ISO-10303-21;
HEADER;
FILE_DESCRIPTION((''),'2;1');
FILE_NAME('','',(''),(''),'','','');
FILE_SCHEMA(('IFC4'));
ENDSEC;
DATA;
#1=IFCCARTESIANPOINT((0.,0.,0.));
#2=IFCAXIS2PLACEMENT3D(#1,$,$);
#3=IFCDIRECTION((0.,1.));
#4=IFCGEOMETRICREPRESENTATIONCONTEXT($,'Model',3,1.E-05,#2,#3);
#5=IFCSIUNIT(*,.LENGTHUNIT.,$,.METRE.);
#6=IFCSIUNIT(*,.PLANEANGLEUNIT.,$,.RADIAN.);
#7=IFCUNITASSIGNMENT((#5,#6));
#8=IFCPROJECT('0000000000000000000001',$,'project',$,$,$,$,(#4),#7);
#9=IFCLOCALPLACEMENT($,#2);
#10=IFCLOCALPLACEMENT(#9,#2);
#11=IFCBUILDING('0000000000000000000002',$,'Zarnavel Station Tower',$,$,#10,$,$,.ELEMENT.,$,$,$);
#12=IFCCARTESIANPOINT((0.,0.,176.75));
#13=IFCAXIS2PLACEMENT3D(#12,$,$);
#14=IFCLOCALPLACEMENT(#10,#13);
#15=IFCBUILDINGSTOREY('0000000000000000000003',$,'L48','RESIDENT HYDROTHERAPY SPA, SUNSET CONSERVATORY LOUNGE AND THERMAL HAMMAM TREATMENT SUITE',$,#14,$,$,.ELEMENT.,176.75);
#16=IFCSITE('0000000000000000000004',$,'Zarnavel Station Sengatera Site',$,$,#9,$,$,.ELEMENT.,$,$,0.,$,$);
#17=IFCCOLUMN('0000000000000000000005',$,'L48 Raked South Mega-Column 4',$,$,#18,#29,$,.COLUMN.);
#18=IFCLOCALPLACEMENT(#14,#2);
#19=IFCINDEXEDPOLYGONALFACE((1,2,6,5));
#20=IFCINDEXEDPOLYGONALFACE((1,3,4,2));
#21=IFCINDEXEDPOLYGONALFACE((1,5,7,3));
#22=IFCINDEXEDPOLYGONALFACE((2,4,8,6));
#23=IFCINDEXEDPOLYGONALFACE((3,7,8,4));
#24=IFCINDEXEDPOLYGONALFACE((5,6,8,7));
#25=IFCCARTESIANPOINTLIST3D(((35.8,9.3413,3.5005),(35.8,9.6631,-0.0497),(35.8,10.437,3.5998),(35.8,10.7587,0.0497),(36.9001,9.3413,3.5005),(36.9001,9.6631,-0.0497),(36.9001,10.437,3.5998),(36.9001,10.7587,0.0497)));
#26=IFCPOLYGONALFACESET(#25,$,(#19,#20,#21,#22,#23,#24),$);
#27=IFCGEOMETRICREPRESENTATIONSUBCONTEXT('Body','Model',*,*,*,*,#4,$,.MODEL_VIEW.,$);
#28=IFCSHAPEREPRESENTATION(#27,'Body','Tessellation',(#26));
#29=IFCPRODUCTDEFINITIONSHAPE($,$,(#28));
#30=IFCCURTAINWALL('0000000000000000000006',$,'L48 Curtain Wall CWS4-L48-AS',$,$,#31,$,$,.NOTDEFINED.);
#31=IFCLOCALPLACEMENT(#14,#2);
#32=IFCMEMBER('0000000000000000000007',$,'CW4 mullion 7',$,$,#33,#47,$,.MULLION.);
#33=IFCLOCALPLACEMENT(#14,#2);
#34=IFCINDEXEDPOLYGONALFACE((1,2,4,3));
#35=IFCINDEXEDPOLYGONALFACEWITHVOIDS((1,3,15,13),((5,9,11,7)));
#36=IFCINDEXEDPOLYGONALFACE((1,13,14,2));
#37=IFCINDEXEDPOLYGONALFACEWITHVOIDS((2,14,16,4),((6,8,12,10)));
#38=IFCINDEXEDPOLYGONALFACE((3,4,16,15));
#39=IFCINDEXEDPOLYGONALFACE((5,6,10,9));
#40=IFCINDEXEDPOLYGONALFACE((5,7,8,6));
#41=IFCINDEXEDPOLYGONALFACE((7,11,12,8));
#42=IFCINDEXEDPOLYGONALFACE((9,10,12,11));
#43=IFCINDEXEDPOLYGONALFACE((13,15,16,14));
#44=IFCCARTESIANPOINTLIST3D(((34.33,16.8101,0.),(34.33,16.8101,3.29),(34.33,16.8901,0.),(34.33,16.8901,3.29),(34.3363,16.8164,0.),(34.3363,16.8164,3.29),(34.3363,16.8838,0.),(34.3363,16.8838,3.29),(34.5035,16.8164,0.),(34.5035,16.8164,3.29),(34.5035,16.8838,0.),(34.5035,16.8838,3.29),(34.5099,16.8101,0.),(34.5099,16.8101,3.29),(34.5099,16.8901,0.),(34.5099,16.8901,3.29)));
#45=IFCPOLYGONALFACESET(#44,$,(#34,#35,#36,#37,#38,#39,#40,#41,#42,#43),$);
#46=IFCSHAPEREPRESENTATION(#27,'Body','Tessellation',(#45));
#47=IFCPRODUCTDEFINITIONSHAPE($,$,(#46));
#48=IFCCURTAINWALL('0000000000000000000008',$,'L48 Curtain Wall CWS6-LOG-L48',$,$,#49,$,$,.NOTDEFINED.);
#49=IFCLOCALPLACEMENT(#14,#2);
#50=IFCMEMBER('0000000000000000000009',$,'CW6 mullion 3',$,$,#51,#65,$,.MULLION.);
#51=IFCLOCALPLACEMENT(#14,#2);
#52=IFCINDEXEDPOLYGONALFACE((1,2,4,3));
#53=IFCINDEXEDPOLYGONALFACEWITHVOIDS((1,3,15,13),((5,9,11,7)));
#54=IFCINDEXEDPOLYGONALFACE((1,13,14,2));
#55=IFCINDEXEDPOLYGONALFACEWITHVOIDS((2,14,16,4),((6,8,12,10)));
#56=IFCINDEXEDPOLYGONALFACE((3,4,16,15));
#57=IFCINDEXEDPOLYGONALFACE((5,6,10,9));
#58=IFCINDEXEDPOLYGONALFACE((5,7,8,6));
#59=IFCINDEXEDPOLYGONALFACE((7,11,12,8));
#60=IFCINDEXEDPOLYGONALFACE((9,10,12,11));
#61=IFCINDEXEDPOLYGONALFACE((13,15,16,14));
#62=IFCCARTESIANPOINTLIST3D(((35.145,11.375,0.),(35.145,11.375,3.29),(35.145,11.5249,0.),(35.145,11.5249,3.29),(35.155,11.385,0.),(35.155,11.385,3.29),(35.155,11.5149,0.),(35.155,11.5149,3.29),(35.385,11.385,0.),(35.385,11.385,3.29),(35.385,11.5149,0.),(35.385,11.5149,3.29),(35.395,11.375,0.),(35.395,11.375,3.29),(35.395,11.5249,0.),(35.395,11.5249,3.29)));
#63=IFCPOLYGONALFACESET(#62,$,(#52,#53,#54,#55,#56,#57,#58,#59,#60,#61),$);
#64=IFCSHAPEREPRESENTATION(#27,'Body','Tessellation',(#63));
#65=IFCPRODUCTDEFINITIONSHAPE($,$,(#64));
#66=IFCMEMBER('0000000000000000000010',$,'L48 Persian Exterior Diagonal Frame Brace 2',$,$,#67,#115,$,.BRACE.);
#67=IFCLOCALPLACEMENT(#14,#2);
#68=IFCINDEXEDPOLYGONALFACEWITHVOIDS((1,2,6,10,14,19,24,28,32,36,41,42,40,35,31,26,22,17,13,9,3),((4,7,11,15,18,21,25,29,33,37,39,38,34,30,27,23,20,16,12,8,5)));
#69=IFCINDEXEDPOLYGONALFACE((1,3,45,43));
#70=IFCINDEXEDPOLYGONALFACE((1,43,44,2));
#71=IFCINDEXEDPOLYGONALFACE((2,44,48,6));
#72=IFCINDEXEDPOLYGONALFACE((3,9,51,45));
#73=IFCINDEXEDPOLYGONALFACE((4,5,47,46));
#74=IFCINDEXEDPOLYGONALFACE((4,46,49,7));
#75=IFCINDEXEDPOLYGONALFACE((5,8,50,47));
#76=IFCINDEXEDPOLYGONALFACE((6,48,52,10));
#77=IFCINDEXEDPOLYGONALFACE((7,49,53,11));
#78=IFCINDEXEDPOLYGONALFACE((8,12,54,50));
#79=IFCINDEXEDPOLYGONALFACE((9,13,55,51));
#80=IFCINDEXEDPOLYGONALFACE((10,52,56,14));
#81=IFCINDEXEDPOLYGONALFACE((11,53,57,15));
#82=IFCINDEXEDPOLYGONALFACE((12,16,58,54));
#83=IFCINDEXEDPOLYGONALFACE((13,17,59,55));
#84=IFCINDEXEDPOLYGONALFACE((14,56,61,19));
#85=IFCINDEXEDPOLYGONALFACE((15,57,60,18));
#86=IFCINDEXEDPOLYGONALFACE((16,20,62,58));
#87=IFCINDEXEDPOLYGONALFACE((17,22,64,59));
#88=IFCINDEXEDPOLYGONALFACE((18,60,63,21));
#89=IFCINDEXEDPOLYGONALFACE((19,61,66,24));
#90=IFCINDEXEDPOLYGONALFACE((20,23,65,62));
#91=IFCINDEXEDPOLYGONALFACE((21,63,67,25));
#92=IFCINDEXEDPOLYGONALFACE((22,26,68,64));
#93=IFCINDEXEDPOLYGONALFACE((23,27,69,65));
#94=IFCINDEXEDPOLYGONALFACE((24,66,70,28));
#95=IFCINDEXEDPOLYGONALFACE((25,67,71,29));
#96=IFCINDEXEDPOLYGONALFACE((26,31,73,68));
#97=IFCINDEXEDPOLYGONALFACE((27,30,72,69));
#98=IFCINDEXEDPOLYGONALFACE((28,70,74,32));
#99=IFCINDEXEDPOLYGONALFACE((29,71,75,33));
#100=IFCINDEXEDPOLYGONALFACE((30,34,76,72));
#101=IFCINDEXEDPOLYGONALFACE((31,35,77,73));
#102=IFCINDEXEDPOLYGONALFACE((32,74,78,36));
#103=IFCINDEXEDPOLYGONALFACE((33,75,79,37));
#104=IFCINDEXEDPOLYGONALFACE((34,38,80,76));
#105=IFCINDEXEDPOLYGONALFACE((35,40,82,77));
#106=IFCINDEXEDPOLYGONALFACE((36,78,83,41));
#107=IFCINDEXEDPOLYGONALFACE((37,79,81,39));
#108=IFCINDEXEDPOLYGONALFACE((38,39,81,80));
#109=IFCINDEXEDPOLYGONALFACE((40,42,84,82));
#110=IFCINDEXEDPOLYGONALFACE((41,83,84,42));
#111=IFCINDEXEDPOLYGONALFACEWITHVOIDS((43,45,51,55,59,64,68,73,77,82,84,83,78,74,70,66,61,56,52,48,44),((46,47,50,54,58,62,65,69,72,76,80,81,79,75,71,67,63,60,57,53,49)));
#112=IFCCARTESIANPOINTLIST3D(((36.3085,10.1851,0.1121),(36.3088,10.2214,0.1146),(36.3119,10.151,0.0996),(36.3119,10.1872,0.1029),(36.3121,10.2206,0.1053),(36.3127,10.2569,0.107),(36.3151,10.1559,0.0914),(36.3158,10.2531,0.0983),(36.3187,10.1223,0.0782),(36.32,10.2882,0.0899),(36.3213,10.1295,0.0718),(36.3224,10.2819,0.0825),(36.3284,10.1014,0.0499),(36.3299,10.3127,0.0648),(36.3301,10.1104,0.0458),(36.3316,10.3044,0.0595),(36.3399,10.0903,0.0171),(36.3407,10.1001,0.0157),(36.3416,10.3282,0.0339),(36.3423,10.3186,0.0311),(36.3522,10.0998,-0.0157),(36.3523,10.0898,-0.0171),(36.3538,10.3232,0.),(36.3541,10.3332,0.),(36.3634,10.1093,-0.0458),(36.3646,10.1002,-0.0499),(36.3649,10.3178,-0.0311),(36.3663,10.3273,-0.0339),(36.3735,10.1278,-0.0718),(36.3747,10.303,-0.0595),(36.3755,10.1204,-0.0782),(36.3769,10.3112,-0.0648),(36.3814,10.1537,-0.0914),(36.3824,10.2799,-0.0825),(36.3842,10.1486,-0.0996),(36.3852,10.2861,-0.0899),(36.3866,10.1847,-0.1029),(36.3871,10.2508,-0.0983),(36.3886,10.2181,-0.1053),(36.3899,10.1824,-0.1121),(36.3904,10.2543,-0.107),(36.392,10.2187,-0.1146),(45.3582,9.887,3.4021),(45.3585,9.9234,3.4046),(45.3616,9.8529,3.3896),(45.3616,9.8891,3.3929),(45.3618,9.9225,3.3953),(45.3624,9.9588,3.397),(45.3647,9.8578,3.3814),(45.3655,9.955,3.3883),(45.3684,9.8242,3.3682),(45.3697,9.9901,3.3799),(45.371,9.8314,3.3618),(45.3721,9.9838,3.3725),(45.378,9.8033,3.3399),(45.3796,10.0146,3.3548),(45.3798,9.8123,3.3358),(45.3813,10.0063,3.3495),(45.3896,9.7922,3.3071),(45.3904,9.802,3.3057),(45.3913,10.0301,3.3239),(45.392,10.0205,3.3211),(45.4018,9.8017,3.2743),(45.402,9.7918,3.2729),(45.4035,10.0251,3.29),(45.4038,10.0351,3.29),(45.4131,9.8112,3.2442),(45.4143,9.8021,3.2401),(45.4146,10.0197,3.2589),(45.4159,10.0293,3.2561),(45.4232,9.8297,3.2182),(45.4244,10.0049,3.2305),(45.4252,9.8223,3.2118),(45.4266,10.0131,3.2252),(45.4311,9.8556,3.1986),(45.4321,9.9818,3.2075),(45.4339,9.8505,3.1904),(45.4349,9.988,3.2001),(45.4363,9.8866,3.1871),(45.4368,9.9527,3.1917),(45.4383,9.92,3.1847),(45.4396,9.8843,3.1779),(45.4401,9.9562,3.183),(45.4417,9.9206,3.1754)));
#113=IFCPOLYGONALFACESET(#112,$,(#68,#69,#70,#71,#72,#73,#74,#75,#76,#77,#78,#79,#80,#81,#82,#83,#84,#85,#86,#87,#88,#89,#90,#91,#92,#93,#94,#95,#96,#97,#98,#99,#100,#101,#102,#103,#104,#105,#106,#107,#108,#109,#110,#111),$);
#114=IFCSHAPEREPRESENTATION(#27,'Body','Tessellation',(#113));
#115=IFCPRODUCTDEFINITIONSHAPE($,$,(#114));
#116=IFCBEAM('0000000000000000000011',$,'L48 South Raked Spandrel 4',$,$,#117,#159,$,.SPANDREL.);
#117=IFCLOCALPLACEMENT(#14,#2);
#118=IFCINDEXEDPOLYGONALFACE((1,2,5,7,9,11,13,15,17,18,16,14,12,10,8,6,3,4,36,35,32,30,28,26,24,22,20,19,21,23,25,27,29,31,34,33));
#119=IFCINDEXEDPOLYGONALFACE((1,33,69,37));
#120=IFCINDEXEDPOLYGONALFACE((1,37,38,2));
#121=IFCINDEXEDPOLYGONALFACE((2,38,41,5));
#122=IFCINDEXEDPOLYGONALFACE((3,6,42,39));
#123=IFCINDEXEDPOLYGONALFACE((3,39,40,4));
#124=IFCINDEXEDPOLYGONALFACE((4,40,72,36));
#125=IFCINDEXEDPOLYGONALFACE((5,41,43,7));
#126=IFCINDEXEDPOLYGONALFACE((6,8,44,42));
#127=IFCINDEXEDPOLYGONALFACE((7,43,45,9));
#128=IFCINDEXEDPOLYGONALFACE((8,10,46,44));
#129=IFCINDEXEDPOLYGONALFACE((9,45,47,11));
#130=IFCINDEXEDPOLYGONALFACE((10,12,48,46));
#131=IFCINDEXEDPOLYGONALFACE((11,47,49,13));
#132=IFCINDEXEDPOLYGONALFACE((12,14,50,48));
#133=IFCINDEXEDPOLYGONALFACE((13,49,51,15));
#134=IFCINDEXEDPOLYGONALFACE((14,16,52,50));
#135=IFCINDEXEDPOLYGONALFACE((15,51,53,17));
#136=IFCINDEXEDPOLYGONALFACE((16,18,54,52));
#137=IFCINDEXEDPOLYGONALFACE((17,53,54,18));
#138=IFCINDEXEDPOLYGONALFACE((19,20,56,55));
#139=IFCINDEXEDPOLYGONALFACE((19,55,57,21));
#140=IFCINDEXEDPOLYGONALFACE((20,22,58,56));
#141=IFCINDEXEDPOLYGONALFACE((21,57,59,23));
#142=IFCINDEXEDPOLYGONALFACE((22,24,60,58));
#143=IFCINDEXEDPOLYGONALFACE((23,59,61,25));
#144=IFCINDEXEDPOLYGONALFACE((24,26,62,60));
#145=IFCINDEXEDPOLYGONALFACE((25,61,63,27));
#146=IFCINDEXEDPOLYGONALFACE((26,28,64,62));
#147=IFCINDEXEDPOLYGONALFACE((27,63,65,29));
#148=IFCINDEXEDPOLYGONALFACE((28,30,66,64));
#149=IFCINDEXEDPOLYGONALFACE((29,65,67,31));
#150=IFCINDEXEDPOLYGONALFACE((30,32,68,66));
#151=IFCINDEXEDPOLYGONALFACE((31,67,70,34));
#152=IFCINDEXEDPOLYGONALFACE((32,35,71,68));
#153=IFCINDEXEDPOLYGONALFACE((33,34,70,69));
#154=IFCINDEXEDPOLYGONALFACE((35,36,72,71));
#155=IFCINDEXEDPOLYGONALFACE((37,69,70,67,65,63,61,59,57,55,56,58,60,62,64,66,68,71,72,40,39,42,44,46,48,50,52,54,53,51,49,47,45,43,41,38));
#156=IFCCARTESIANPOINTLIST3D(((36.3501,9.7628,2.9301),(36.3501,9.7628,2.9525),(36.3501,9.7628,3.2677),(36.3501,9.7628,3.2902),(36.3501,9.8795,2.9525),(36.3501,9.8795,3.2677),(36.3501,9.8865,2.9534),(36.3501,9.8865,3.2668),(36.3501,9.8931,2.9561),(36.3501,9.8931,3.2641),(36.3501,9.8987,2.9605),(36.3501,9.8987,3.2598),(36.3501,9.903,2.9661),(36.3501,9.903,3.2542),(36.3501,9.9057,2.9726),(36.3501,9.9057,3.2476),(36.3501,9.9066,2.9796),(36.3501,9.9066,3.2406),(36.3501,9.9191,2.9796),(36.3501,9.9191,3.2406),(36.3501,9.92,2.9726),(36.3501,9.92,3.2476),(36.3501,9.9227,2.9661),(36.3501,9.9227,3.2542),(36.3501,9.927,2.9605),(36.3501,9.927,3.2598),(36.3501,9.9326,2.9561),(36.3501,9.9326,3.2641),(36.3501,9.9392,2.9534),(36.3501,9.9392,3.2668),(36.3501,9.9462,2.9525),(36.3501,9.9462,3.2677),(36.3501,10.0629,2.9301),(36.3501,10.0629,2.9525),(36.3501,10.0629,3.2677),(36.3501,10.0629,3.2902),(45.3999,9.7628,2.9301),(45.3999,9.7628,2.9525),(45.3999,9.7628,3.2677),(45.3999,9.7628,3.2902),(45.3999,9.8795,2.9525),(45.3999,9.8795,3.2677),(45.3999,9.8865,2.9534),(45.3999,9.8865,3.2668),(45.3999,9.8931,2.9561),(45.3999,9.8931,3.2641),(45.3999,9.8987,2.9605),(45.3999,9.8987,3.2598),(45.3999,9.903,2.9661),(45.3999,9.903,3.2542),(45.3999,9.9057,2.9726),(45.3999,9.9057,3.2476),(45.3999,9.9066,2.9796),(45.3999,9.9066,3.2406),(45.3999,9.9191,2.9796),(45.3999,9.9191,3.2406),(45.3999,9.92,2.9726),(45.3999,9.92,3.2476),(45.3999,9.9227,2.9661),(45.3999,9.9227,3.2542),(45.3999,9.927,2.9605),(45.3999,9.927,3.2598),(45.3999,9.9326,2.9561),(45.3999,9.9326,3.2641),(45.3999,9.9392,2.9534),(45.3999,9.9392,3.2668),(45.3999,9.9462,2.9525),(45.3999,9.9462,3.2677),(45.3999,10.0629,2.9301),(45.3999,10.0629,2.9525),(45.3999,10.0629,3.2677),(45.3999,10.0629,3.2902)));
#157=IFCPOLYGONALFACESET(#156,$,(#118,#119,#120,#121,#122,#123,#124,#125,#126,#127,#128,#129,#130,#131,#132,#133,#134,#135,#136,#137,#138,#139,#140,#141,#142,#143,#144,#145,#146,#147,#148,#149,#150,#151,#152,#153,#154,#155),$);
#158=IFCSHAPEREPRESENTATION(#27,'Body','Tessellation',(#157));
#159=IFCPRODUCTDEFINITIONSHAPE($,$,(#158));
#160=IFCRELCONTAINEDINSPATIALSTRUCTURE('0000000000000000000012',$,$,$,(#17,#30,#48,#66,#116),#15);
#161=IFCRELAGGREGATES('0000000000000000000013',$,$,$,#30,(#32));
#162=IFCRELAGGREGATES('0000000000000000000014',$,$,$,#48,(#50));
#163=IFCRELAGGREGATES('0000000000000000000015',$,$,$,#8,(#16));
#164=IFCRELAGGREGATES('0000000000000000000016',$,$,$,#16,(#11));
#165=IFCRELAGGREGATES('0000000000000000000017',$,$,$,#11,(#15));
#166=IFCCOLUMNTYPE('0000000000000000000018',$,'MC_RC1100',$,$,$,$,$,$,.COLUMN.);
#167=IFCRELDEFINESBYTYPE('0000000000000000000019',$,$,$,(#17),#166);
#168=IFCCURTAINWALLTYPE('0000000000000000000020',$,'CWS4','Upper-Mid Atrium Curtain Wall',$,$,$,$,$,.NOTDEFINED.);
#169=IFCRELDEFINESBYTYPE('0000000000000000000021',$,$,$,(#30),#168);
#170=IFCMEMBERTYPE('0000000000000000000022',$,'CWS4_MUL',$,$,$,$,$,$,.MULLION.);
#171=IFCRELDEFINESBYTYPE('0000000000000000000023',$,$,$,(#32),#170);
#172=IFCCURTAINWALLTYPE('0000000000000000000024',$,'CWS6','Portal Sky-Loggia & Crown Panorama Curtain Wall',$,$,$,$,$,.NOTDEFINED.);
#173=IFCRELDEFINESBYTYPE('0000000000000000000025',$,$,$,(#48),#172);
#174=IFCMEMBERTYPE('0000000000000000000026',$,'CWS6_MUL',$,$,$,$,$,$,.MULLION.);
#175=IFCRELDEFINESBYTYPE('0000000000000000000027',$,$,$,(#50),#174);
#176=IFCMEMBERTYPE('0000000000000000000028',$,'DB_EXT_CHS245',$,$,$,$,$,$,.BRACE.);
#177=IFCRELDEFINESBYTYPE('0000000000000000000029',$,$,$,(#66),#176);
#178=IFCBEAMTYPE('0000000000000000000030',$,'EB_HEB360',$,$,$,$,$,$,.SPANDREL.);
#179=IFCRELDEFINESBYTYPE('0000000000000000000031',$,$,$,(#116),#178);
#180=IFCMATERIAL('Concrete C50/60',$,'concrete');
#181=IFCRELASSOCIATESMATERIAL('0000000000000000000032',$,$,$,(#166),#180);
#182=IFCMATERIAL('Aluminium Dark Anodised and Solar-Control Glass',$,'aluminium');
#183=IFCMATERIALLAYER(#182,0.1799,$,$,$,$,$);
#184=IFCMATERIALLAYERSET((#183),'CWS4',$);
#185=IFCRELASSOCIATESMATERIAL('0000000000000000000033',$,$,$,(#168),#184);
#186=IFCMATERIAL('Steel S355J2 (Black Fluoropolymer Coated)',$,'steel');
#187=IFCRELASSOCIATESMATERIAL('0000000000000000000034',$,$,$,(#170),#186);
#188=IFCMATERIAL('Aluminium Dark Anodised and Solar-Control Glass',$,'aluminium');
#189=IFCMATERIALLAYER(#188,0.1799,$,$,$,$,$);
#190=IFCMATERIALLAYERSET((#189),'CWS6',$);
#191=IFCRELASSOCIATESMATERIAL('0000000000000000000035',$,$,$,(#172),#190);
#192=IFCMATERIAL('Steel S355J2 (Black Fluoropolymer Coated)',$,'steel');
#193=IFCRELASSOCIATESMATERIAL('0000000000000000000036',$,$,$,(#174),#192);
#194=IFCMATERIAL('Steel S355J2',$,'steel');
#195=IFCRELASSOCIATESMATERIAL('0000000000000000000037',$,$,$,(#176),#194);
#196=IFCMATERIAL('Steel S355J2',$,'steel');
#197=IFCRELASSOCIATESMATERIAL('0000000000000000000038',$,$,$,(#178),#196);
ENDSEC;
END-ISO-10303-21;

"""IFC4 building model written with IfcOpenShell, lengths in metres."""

from ifc_helpers import new_model, si_unit, direction, frame, origin, origin_2d, place, context, subcontext, project, spatial, rectangle, hollow_rectangle, hollow_circle, i_section, extrude, material, layer, layer_set, material_profile, profile_set, type_object, element, aggregate, save


model = new_model("IFC4")

# Units and contexts
model_context = context("Model", 3, precision=1e-05, world=origin(), true_north=direction((0.0, 1.0)))
body_context = subcontext(model_context, "Body", "Model", "MODEL_VIEW")
ifc_project = project(units=[si_unit("LENGTHUNIT", "METRE"), si_unit("PLANEANGLEUNIT", "RADIAN")], contexts=[model_context])

# Site, building, storey
site_placement = place(None, origin())
site = spatial("IfcSite", under=ifc_project, at=site_placement, Name="Zarnavel Station Sengatera Site", CompositionType="ELEMENT", RefElevation=0.0)
building_placement = place(site_placement, origin())
building = spatial("IfcBuilding", under=site, at=building_placement, Name="Zarnavel Station Tower", CompositionType="ELEMENT")
storey_placement = place(building_placement, frame((0.0, 0.0, 176.75)))
storey = spatial("IfcBuildingStorey", under=building, at=storey_placement, Name="L48", Description="RESIDENT HYDROTHERAPY SPA, SUNSET CONSERVATORY LOUNGE AND THERMAL HAMMAM TREATMENT SUITE", CompositionType="ELEMENT", Elevation=176.75)

# Column
ifc_material_1 = material(Name="Concrete C50/60", Category="concrete")
ifc_material_profile_1 = material_profile(ifc_material_1, rectangle(XDim=1.1001, YDim=1.1001, at=origin_2d()), Name="RC1100x1100")
ifc_profile_set_1 = profile_set([ifc_material_profile_1], Name="Concrete C50/60")
column_type = type_object("IfcColumnType", Name="MC_RC1100", PredefinedType="COLUMN", material=ifc_profile_set_1)
column_placement = place(storey_placement, frame((36.3501, 10.2109, 0.0), z_axis=(0.0, -0.09027, 0.995917), x_axis=(1.0, 0.0, 0.0)))
element("IfcColumn", 1, at=column_placement, inside=storey, type_object=column_type, Name="L48 Raked South Mega-Column 4", PredefinedType="COLUMN", context=body_context, shape_type="SweptSolid", body=[
    extrude(rectangle(XDim=1.1001, YDim=1.1001, at=origin_2d()), origin(), (0.0, 0.0, 1.0), 3.5647),
])

# Curtain walls, members
ifc_material_2 = material(Name="Aluminium Dark Anodised and Solar-Control Glass", Category="aluminium")
ifc_layer_1 = layer(ifc_material_2, 0.1799)
ifc_layer_set_1 = layer_set([ifc_layer_1], Name="CWS4")
curtain_wall_type_1 = type_object("IfcCurtainWallType", Name="CWS4", Description="Upper-Mid Atrium Curtain Wall", PredefinedType="NOTDEFINED", material=ifc_layer_set_1)
curtain_wall_1_placement = place(storey_placement, origin())
curtain_wall_1 = element("IfcCurtainWall", 2, at=curtain_wall_1_placement, inside=storey, type_object=curtain_wall_type_1, Name="L48 Curtain Wall CWS4-L48-AS", PredefinedType="NOTDEFINED")
ifc_material_3 = material(Name="Steel S355J2 (Black Fluoropolymer Coated)", Category="steel")
ifc_material_profile_2 = material_profile(ifc_material_3, hollow_rectangle(XDim=0.0801, YDim=0.1799, WallThickness=0.0063, at=origin_2d()), Name="RHS180x80x6.3")
ifc_profile_set_2 = profile_set([ifc_material_profile_2], Name="Steel S355J2 (Black Fluoropolymer Coated)")
member_type_1 = type_object("IfcMemberType", Name="CWS4_MUL", PredefinedType="MULLION", material=ifc_profile_set_2)
member_1_placement = place(storey_placement, frame((34.4199, 16.8501, 0.0), z_axis=(0.0, 0.0, 1.0), x_axis=(0.0, 1.0, 0.0)))
member_1 = element("IfcMember", 3, at=member_1_placement, type_object=member_type_1, Name="CW4 mullion 7", PredefinedType="MULLION", context=body_context, shape_type="SweptSolid", body=[
    extrude(hollow_rectangle(XDim=0.0801, YDim=0.1799, WallThickness=0.0063, at=origin_2d()), origin(), (0.0, 0.0, 1.0), 3.29),
])
ifc_material_4 = material(Name="Aluminium Dark Anodised and Solar-Control Glass", Category="aluminium")
ifc_layer_2 = layer(ifc_material_4, 0.1799)
ifc_layer_set_2 = layer_set([ifc_layer_2], Name="CWS6")
curtain_wall_type_2 = type_object("IfcCurtainWallType", Name="CWS6", Description="Portal Sky-Loggia & Crown Panorama Curtain Wall", PredefinedType="NOTDEFINED", material=ifc_layer_set_2)
curtain_wall_2_placement = place(storey_placement, origin())
curtain_wall_2 = element("IfcCurtainWall", 4, at=curtain_wall_2_placement, inside=storey, type_object=curtain_wall_type_2, Name="L48 Curtain Wall CWS6-LOG-L48", PredefinedType="NOTDEFINED")
ifc_material_5 = material(Name="Steel S355J2 (Black Fluoropolymer Coated)", Category="steel")
ifc_material_profile_3 = material_profile(ifc_material_5, hollow_rectangle(XDim=0.1499, YDim=0.25, WallThickness=0.01, at=origin_2d()), Name="RHS250x150x10")
ifc_profile_set_3 = profile_set([ifc_material_profile_3], Name="Steel S355J2 (Black Fluoropolymer Coated)")
member_type_2 = type_object("IfcMemberType", Name="CWS6_MUL", PredefinedType="MULLION", material=ifc_profile_set_3)
member_2_placement = place(storey_placement, frame((35.27, 11.45, 0.0), z_axis=(0.0, 0.0, 1.0), x_axis=(0.0, 1.0, 0.0)))
member_2 = element("IfcMember", 5, at=member_2_placement, type_object=member_type_2, Name="CW6 mullion 3", PredefinedType="MULLION", context=body_context, shape_type="SweptSolid", body=[
    extrude(hollow_rectangle(XDim=0.1499, YDim=0.25, WallThickness=0.01, at=origin_2d()), origin(), (0.0, 0.0, 1.0), 3.29),
])

# Member
ifc_material_6 = material(Name="Steel S355J2", Category="steel")
ifc_material_profile_4 = material_profile(ifc_material_6, hollow_circle(Radius=0.1223, WallThickness=0.01, at=origin_2d()), Name="CHS244.5x10")
ifc_profile_set_4 = profile_set([ifc_material_profile_4], Name="Steel S355J2")
member_type_3 = type_object("IfcMemberType", Name="DB_EXT_CHS245", PredefinedType="BRACE", material=ifc_profile_set_4)
member_3_placement = place(storey_placement, frame((36.3501, 10.2109, 0.0), z_axis=(0.93937, -0.030942, 0.341506), x_axis=(0.032922, 0.999458, 0.0)))
element("IfcMember", 6, at=member_3_placement, inside=storey, type_object=member_type_3, Name="L48 Persian Exterior Diagonal Frame Brace 2", PredefinedType="BRACE", context=body_context, shape_type="SweptSolid", body=[
    extrude(hollow_circle(Radius=0.1223, WallThickness=0.01, at=origin_2d()), origin(), (0.0, 0.0, 1.0), 9.6338),
])

# Beam
ifc_material_7 = material(Name="Steel S355J2", Category="steel")
ifc_material_profile_5 = material_profile(ifc_material_7, i_section(OverallWidth=0.3, OverallDepth=0.3601, WebThickness=0.0125, FlangeThickness=0.0225, FilletRadius=0.0271, at=origin_2d()), Name="HEB360")
ifc_profile_set_5 = profile_set([ifc_material_profile_5], Name="Steel S355J2")
beam_type_1 = type_object("IfcBeamType", Name="EB_HEB360", PredefinedType="SPANDREL", material=ifc_profile_set_5)
beam_1_placement = place(storey_placement, frame((36.3501, 9.9128, 3.1101), z_axis=(1.0, 0.0, 0.0), x_axis=(0.0, 1.0, 0.0)))
element("IfcBeam", 7, at=beam_1_placement, inside=storey, type_object=beam_type_1, Name="L48 South Raked Spandrel 4", PredefinedType="SPANDREL", context=body_context, shape_type="SweptSolid", body=[
    extrude(i_section(OverallWidth=0.3, OverallDepth=0.3601, WebThickness=0.0125, FlangeThickness=0.0225, FilletRadius=0.0271, at=origin_2d()), origin(), (0.0, 0.0, 1.0), 9.0498),
])

aggregate(curtain_wall_1, [member_1])
aggregate(curtain_wall_2, [member_2])

save(model, "model.ifc")
